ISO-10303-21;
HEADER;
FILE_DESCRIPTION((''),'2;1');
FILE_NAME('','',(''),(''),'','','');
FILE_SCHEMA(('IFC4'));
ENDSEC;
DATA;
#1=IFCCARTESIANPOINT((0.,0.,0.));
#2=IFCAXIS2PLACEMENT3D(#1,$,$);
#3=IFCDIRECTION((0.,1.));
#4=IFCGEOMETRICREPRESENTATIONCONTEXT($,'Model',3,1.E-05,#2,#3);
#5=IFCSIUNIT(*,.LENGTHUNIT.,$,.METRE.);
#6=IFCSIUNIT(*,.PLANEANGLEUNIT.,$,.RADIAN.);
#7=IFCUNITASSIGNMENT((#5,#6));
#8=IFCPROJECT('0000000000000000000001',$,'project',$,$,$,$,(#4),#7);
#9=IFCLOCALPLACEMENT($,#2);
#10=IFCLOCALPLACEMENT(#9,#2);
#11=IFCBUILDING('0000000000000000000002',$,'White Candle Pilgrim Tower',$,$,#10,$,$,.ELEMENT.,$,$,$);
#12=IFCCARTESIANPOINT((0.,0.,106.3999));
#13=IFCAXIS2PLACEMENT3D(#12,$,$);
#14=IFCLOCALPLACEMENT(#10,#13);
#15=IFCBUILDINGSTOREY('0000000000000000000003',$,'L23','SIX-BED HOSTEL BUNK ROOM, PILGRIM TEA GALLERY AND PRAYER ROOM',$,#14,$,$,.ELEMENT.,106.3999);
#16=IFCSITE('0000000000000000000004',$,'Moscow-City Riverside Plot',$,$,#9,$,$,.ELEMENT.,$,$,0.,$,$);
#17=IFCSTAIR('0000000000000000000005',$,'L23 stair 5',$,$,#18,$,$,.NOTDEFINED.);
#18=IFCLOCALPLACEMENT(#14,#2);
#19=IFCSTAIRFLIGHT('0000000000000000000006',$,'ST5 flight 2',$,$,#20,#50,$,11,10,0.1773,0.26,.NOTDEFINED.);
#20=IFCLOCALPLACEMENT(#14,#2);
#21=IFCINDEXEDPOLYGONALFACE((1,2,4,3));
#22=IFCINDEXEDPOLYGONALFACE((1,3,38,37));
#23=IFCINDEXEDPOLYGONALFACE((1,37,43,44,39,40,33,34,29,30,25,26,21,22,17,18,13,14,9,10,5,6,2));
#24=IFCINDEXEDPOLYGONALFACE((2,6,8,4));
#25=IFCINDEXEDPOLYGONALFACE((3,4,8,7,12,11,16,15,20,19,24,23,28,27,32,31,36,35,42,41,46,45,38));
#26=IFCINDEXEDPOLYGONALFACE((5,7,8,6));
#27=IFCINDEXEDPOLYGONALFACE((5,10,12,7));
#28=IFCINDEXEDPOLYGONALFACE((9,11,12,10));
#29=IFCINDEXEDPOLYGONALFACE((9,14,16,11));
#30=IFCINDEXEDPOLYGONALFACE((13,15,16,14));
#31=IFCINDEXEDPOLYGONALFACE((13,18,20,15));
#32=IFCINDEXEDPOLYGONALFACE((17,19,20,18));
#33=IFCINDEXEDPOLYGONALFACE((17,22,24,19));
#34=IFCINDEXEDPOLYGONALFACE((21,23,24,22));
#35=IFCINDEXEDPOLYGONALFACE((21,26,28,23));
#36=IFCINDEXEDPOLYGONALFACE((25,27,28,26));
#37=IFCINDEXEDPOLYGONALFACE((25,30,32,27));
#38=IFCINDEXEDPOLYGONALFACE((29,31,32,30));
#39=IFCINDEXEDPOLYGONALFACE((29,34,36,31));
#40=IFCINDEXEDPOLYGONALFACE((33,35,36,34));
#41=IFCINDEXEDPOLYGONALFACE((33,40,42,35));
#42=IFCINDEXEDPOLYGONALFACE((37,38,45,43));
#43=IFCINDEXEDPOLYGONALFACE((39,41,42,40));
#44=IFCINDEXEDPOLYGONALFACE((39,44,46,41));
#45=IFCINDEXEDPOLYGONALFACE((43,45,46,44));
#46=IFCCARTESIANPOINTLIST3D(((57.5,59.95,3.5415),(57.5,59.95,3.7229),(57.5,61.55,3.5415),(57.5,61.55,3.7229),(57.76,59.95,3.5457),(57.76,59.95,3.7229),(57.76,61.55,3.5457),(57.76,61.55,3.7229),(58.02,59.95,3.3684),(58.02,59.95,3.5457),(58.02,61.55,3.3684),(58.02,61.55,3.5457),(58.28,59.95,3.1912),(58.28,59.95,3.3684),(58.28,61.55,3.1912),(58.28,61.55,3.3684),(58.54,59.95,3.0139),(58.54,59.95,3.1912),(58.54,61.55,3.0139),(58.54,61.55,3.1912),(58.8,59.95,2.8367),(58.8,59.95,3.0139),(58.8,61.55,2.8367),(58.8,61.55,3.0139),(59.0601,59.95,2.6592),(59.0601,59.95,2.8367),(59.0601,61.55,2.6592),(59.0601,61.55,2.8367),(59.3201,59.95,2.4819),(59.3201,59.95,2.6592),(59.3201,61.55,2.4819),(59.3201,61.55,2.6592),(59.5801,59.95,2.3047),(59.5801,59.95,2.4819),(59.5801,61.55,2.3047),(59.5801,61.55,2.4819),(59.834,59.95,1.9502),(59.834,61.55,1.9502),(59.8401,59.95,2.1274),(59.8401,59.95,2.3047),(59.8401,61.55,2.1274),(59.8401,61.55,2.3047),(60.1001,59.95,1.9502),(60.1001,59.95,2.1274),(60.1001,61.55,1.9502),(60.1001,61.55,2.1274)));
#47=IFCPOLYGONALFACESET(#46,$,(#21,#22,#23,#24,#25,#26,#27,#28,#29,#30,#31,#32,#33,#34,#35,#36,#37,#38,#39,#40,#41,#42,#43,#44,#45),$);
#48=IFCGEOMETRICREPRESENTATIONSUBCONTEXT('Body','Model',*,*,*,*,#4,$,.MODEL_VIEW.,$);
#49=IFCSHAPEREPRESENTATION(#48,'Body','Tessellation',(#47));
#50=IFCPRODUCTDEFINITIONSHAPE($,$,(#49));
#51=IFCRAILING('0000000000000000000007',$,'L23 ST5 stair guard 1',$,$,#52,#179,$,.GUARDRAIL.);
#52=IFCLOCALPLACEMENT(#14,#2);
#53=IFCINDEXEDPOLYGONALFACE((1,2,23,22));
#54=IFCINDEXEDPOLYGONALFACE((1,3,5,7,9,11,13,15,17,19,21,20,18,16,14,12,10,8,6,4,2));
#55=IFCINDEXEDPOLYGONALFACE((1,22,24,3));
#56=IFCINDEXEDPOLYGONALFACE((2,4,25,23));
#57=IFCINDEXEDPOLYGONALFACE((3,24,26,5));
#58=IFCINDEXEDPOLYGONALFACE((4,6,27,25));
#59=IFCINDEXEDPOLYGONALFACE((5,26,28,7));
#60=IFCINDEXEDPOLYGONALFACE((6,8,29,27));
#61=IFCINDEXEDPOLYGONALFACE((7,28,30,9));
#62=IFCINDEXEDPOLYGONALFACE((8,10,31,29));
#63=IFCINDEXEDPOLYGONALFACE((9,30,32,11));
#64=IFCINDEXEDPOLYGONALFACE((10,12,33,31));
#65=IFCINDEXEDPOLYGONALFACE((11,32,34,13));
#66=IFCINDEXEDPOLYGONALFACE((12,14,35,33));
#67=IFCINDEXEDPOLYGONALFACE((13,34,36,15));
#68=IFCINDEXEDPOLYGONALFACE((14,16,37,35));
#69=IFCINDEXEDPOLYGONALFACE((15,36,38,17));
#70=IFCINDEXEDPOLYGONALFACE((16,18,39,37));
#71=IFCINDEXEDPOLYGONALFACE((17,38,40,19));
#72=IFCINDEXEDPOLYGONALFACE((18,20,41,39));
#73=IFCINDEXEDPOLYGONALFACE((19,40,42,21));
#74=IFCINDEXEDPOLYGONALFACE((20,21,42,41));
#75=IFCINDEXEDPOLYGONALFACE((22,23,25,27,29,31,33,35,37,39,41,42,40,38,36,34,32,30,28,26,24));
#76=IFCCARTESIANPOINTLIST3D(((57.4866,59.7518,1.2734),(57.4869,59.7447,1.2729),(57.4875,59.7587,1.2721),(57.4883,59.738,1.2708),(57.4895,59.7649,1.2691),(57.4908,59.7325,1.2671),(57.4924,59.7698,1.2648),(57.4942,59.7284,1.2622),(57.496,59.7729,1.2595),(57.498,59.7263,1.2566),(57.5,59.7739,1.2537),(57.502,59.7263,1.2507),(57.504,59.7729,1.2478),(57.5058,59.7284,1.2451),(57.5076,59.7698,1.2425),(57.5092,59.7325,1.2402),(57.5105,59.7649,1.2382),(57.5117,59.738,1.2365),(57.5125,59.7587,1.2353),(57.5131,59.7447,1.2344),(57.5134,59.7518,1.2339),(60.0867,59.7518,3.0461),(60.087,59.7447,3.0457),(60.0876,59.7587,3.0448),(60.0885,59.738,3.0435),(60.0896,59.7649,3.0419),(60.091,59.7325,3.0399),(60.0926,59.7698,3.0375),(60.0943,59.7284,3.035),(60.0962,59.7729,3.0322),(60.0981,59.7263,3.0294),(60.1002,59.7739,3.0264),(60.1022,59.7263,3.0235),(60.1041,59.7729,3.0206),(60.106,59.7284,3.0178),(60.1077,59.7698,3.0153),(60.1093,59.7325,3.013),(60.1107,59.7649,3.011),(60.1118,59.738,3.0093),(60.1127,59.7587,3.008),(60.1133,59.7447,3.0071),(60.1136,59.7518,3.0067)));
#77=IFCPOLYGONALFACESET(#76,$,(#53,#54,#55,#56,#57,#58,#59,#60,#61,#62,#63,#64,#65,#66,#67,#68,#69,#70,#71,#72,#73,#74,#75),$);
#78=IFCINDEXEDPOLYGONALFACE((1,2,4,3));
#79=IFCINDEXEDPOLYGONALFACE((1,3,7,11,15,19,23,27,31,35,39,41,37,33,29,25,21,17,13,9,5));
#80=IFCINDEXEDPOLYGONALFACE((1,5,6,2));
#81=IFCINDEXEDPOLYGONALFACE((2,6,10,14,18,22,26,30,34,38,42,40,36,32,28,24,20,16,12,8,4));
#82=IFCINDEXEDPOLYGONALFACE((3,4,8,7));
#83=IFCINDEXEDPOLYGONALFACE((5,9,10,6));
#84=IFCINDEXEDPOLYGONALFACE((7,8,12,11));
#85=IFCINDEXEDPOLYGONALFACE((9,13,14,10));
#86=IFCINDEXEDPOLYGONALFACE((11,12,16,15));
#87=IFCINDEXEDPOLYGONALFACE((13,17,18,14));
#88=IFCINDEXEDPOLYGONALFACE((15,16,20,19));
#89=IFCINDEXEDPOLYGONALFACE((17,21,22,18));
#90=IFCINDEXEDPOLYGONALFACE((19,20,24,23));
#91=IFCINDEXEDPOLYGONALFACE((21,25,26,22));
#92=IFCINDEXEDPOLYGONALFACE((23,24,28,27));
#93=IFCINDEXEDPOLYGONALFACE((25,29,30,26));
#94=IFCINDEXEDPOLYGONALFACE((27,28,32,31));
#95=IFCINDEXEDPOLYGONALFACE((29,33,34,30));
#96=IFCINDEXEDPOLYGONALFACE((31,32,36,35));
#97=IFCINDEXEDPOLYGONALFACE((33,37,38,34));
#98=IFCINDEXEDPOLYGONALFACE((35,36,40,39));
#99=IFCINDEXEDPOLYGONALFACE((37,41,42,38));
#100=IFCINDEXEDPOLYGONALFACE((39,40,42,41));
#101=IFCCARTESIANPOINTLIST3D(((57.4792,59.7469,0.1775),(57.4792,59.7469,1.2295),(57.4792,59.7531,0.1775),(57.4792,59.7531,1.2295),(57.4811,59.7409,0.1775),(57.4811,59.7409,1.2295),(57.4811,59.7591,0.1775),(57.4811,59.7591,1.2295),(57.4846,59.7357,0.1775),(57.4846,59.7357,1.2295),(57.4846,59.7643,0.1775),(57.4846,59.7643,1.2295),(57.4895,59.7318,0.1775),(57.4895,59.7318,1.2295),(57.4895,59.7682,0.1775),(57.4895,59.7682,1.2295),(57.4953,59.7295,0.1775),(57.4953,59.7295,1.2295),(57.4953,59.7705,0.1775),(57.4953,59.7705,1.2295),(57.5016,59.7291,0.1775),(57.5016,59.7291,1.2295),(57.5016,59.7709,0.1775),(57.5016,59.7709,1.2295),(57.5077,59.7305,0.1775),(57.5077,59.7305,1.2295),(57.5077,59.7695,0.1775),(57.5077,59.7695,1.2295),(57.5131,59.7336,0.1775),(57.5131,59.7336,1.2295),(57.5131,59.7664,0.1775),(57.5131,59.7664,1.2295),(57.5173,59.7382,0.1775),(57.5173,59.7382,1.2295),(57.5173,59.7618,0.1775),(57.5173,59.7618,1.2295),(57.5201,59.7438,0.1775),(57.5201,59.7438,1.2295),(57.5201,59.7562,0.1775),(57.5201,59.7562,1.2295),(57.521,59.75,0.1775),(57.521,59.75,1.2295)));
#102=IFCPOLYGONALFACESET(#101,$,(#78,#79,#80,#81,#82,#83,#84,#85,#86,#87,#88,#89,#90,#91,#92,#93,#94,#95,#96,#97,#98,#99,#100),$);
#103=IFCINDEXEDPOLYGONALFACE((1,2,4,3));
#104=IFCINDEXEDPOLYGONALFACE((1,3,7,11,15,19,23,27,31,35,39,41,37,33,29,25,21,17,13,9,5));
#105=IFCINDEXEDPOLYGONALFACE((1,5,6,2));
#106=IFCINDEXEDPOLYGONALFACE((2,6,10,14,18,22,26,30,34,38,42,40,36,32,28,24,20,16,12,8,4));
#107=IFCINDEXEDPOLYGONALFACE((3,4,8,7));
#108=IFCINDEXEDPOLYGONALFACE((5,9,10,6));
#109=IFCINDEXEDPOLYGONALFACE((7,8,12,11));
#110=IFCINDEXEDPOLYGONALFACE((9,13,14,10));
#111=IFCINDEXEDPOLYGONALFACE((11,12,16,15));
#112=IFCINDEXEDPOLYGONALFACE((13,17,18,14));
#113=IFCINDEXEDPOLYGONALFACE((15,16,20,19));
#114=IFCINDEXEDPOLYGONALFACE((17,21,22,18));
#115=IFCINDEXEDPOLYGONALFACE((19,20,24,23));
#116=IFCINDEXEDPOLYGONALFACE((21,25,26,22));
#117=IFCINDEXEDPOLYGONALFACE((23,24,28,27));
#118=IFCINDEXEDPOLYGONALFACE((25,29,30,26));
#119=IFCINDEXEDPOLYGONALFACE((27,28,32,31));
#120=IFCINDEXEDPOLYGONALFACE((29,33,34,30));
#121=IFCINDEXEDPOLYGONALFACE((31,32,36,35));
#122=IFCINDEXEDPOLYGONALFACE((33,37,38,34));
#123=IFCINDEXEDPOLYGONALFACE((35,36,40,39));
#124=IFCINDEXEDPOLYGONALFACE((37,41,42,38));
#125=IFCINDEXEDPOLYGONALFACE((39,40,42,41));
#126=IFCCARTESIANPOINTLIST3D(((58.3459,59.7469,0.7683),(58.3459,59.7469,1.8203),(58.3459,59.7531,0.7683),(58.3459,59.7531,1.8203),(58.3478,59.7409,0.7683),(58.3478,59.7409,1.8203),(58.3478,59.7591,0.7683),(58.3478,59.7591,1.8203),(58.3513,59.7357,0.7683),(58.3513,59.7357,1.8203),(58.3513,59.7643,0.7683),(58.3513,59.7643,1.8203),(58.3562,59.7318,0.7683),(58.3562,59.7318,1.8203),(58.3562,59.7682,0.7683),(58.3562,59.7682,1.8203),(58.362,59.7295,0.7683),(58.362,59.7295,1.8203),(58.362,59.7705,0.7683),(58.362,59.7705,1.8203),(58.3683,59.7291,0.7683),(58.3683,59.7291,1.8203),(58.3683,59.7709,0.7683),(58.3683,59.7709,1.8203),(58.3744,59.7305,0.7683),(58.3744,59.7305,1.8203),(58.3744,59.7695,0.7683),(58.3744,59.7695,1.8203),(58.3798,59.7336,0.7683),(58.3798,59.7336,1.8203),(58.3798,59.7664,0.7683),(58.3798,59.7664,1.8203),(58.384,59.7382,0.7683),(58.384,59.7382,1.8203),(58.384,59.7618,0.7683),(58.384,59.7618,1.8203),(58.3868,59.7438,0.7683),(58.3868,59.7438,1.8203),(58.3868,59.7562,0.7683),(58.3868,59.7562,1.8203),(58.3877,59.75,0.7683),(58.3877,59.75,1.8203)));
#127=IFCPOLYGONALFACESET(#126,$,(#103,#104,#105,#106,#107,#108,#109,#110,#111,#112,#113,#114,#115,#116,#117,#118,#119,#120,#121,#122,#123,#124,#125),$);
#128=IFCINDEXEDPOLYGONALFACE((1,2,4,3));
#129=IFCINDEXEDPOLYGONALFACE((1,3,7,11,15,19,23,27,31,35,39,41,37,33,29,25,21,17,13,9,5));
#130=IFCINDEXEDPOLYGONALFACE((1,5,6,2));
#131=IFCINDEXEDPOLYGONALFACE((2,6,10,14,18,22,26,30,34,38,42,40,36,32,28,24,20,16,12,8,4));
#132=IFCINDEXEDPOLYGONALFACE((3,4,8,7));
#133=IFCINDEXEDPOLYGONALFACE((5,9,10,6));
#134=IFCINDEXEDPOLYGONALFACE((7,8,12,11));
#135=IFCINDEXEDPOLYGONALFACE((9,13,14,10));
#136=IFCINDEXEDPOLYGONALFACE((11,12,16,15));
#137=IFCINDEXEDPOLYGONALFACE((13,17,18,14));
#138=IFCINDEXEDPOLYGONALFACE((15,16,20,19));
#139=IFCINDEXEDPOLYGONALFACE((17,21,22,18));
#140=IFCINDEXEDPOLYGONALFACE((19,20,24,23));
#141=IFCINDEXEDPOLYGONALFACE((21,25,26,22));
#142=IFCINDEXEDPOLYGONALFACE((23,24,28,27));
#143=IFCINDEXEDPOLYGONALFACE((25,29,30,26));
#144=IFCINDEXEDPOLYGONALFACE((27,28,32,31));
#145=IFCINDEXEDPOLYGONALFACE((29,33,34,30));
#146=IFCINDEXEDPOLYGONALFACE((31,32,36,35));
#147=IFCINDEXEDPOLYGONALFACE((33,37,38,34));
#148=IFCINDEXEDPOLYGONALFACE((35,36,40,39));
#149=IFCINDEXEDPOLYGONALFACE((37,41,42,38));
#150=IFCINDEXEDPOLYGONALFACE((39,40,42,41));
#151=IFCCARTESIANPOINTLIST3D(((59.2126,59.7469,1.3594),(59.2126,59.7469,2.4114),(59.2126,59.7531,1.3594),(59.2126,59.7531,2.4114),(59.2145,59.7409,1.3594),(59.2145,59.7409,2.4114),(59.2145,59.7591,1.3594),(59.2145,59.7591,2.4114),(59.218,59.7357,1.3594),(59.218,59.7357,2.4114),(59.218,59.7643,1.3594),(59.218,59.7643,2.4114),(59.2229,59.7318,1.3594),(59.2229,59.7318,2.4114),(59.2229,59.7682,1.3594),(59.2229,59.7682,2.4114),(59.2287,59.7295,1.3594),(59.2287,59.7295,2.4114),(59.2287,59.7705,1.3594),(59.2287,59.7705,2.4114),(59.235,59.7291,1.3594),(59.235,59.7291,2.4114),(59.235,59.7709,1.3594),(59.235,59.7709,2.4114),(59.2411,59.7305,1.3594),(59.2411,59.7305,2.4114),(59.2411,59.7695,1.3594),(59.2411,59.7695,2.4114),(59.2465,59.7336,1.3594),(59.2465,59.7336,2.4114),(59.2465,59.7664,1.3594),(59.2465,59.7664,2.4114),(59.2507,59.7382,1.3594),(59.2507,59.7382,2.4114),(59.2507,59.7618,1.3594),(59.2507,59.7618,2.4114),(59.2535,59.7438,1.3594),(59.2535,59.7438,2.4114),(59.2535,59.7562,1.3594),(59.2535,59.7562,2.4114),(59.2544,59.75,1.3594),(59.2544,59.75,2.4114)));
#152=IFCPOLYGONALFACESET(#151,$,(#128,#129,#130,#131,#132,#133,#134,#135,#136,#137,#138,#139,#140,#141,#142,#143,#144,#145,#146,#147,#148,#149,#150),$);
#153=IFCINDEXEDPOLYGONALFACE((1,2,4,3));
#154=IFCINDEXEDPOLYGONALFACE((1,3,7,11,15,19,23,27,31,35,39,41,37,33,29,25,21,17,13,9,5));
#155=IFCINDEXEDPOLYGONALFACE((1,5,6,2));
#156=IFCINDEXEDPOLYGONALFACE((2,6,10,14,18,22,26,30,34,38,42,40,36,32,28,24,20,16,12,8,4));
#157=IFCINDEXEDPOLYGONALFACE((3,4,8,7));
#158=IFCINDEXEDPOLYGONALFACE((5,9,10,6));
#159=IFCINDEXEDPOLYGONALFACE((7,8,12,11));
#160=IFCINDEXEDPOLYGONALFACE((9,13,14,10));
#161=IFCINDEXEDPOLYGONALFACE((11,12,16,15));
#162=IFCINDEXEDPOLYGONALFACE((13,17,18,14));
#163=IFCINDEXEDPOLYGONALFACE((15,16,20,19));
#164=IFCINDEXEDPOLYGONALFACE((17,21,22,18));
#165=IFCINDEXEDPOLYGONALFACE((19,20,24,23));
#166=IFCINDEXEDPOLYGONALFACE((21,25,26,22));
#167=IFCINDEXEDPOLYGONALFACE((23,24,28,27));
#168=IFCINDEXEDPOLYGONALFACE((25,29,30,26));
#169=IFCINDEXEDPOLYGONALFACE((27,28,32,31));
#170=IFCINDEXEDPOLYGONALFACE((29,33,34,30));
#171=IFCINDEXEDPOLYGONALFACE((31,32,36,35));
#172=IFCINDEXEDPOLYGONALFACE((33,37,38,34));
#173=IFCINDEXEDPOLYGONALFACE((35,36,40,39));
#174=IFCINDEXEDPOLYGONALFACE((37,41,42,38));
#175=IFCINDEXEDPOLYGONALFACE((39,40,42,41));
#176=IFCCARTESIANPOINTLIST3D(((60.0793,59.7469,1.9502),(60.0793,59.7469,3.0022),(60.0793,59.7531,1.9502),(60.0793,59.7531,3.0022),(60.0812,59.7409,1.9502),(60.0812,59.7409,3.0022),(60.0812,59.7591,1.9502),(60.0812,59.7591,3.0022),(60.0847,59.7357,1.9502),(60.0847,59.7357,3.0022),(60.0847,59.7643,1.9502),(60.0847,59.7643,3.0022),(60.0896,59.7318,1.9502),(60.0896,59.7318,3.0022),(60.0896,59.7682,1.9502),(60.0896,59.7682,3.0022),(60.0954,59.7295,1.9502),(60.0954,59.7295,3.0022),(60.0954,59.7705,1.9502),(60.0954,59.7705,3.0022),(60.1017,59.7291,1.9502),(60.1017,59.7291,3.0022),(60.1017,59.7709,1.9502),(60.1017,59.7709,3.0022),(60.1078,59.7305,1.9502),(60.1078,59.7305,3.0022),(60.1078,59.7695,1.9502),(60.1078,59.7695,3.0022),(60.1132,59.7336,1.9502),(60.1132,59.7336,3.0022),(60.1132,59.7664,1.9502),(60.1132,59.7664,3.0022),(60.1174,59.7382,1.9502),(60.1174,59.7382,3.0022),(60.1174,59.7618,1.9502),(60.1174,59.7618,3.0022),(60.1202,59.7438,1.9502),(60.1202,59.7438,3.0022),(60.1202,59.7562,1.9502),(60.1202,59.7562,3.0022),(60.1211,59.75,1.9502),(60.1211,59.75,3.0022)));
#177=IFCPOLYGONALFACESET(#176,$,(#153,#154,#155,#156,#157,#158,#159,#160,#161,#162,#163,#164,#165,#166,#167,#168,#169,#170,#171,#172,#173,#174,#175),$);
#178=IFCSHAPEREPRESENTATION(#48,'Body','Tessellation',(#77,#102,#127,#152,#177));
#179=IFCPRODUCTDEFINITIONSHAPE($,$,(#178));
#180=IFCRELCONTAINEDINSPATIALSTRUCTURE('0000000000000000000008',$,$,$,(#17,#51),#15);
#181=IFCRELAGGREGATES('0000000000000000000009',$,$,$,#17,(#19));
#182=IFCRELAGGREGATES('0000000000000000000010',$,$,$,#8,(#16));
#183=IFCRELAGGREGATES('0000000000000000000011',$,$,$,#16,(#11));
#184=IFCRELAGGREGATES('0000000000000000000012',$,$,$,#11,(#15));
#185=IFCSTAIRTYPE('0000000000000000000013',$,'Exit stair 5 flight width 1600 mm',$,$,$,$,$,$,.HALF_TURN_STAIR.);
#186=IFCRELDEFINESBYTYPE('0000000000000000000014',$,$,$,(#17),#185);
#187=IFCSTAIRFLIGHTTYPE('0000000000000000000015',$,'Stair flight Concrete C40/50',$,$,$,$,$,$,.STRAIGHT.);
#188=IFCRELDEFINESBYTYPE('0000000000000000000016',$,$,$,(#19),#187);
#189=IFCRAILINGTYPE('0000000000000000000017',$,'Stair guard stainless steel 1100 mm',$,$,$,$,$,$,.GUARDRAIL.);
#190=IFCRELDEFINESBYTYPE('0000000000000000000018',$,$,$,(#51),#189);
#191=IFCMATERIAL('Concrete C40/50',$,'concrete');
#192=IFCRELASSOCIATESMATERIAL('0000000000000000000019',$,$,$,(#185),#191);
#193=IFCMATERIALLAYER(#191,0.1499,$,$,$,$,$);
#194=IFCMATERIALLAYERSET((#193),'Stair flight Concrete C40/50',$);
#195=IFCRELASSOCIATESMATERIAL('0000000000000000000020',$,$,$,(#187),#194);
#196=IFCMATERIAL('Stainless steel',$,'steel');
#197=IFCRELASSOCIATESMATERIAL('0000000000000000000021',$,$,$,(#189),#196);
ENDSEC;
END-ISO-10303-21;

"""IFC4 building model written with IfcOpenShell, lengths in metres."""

from ifc_helpers import new_model, si_unit, direction, frame, origin, origin_2d, place, context, subcontext, project, spatial, polyline, circle, outline, extrude, material, layer, layer_set, type_object, element, aggregate, save


model = new_model("IFC4")

# Units and contexts
model_context = context("Model", 3, precision=1e-05, world=origin(), true_north=direction((0.0, 1.0)))
body_context = subcontext(model_context, "Body", "Model", "MODEL_VIEW")
ifc_project = project(units=[si_unit("LENGTHUNIT", "METRE"), si_unit("PLANEANGLEUNIT", "RADIAN")], contexts=[model_context])

# Site, building, storey
site_placement = place(None, origin())
site = spatial("IfcSite", under=ifc_project, at=site_placement, Name="Moscow-City Riverside Plot", CompositionType="ELEMENT", RefElevation=0.0)
building_placement = place(site_placement, origin())
building = spatial("IfcBuilding", under=site, at=building_placement, Name="White Candle Pilgrim Tower", CompositionType="ELEMENT")
storey_placement = place(building_placement, frame((0.0, 0.0, 106.3999)))
storey = spatial("IfcBuildingStorey", under=building, at=storey_placement, Name="L23", Description="SIX-BED HOSTEL BUNK ROOM, PILGRIM TEA GALLERY AND PRAYER ROOM", CompositionType="ELEMENT", Elevation=106.3999)

# Stair, stair flight
ifc_material_1 = material(Name="Concrete C40/50", Category="concrete")
stair_type = type_object("IfcStairType", Name="Exit stair 5 flight width 1600 mm", PredefinedType="HALF_TURN_STAIR", material=ifc_material_1)
stair_placement = place(storey_placement, origin())
stair = element("IfcStair", 1, at=stair_placement, inside=storey, type_object=stair_type, Name="L23 stair 5", PredefinedType="NOTDEFINED")
ifc_layer_1 = layer(ifc_material_1, 0.1499)
ifc_layer_set_1 = layer_set([ifc_layer_1], Name="Stair flight Concrete C40/50")
stair_flight_type = type_object("IfcStairFlightType", Name="Stair flight Concrete C40/50", PredefinedType="STRAIGHT", material=ifc_layer_set_1)
stair_flight_1_placement = place(storey_placement, frame((60.1001, 60.75, 1.9502), z_axis=(0.0, 0.0, 1.0), x_axis=(-1.0, 0.0, 0.0)))
stair_flight_1 = element("IfcStairFlight", 2, at=stair_flight_1_placement, type_object=stair_flight_type, Name="ST5 flight 2", NumberOfRisers=11, NumberOfTreads=10, PredefinedType="NOTDEFINED", RiserHeight=0.1773, TreadLength=0.26, context=body_context, shape_type="SweptSolid", body=[
    extrude(outline(polyline([(0.0, 0.0), (0.0, 0.1772), (0.26, 0.1772), (0.26, 0.3545), (0.52, 0.3545), (0.52, 0.5317), (0.78, 0.5317), (0.78, 0.709), (1.04, 0.709), (1.04, 0.8865), (1.3, 0.8865), (1.3, 1.0637), (1.5601, 1.0637), (1.5601, 1.241), (1.8201, 1.241), (1.8201, 1.4182), (2.0801, 1.4182), (2.0801, 1.5955), (2.3401, 1.5955), (2.3401, 1.7727), (2.6001, 1.7727), (2.6001, 1.95), (2.6001, 1.5913), (0.2661, 0.0), (0.0, 0.0)])), frame((0.0, 0.8, 0.0), z_axis=(0.0, -1.0, 0.0), x_axis=(1.0, 0.0, 0.0)), (0.0, 0.0, 1.0), 1.6001),
])
aggregate(stair, [stair_flight_1])

# Railing
ifc_material_2 = material(Name="Stainless steel", Category="steel")
railing_type_1 = type_object("IfcRailingType", Name="Stair guard stainless steel 1100 mm", PredefinedType="GUARDRAIL", material=ifc_material_2)
railing_1_placement = place(storey_placement, frame((57.5, 59.75, 0.1775)))
element("IfcRailing", 3, at=railing_1_placement, inside=storey, type_object=railing_type_1, Name="L23 ST5 stair guard 1", PredefinedType="GUARDRAIL", context=body_context, shape_type="SweptSolid", body=[
    extrude(circle(Radius=0.0239, at=origin_2d()), frame((0.0, 0.0, 1.0762), z_axis=(0.82624, 0.0, 0.563318), x_axis=(0.0, 1.0, 0.0)), (0.0, 0.0, 1.0), 3.147),
    extrude(circle(Radius=0.021, at=origin_2d()), origin(), (0.0, 0.0, 1.0), 1.052),
    extrude(circle(Radius=0.021, at=origin_2d()), frame((0.8667, 0.0, 0.5908)), (0.0, 0.0, 1.0), 1.052),
    extrude(circle(Radius=0.021, at=origin_2d()), frame((1.7334, 0.0, 1.1819)), (0.0, 0.0, 1.0), 1.052),
    extrude(circle(Radius=0.021, at=origin_2d()), frame((2.6001, 0.0, 1.7727)), (0.0, 0.0, 1.0), 1.052),
])

save(model, "model.ifc")
